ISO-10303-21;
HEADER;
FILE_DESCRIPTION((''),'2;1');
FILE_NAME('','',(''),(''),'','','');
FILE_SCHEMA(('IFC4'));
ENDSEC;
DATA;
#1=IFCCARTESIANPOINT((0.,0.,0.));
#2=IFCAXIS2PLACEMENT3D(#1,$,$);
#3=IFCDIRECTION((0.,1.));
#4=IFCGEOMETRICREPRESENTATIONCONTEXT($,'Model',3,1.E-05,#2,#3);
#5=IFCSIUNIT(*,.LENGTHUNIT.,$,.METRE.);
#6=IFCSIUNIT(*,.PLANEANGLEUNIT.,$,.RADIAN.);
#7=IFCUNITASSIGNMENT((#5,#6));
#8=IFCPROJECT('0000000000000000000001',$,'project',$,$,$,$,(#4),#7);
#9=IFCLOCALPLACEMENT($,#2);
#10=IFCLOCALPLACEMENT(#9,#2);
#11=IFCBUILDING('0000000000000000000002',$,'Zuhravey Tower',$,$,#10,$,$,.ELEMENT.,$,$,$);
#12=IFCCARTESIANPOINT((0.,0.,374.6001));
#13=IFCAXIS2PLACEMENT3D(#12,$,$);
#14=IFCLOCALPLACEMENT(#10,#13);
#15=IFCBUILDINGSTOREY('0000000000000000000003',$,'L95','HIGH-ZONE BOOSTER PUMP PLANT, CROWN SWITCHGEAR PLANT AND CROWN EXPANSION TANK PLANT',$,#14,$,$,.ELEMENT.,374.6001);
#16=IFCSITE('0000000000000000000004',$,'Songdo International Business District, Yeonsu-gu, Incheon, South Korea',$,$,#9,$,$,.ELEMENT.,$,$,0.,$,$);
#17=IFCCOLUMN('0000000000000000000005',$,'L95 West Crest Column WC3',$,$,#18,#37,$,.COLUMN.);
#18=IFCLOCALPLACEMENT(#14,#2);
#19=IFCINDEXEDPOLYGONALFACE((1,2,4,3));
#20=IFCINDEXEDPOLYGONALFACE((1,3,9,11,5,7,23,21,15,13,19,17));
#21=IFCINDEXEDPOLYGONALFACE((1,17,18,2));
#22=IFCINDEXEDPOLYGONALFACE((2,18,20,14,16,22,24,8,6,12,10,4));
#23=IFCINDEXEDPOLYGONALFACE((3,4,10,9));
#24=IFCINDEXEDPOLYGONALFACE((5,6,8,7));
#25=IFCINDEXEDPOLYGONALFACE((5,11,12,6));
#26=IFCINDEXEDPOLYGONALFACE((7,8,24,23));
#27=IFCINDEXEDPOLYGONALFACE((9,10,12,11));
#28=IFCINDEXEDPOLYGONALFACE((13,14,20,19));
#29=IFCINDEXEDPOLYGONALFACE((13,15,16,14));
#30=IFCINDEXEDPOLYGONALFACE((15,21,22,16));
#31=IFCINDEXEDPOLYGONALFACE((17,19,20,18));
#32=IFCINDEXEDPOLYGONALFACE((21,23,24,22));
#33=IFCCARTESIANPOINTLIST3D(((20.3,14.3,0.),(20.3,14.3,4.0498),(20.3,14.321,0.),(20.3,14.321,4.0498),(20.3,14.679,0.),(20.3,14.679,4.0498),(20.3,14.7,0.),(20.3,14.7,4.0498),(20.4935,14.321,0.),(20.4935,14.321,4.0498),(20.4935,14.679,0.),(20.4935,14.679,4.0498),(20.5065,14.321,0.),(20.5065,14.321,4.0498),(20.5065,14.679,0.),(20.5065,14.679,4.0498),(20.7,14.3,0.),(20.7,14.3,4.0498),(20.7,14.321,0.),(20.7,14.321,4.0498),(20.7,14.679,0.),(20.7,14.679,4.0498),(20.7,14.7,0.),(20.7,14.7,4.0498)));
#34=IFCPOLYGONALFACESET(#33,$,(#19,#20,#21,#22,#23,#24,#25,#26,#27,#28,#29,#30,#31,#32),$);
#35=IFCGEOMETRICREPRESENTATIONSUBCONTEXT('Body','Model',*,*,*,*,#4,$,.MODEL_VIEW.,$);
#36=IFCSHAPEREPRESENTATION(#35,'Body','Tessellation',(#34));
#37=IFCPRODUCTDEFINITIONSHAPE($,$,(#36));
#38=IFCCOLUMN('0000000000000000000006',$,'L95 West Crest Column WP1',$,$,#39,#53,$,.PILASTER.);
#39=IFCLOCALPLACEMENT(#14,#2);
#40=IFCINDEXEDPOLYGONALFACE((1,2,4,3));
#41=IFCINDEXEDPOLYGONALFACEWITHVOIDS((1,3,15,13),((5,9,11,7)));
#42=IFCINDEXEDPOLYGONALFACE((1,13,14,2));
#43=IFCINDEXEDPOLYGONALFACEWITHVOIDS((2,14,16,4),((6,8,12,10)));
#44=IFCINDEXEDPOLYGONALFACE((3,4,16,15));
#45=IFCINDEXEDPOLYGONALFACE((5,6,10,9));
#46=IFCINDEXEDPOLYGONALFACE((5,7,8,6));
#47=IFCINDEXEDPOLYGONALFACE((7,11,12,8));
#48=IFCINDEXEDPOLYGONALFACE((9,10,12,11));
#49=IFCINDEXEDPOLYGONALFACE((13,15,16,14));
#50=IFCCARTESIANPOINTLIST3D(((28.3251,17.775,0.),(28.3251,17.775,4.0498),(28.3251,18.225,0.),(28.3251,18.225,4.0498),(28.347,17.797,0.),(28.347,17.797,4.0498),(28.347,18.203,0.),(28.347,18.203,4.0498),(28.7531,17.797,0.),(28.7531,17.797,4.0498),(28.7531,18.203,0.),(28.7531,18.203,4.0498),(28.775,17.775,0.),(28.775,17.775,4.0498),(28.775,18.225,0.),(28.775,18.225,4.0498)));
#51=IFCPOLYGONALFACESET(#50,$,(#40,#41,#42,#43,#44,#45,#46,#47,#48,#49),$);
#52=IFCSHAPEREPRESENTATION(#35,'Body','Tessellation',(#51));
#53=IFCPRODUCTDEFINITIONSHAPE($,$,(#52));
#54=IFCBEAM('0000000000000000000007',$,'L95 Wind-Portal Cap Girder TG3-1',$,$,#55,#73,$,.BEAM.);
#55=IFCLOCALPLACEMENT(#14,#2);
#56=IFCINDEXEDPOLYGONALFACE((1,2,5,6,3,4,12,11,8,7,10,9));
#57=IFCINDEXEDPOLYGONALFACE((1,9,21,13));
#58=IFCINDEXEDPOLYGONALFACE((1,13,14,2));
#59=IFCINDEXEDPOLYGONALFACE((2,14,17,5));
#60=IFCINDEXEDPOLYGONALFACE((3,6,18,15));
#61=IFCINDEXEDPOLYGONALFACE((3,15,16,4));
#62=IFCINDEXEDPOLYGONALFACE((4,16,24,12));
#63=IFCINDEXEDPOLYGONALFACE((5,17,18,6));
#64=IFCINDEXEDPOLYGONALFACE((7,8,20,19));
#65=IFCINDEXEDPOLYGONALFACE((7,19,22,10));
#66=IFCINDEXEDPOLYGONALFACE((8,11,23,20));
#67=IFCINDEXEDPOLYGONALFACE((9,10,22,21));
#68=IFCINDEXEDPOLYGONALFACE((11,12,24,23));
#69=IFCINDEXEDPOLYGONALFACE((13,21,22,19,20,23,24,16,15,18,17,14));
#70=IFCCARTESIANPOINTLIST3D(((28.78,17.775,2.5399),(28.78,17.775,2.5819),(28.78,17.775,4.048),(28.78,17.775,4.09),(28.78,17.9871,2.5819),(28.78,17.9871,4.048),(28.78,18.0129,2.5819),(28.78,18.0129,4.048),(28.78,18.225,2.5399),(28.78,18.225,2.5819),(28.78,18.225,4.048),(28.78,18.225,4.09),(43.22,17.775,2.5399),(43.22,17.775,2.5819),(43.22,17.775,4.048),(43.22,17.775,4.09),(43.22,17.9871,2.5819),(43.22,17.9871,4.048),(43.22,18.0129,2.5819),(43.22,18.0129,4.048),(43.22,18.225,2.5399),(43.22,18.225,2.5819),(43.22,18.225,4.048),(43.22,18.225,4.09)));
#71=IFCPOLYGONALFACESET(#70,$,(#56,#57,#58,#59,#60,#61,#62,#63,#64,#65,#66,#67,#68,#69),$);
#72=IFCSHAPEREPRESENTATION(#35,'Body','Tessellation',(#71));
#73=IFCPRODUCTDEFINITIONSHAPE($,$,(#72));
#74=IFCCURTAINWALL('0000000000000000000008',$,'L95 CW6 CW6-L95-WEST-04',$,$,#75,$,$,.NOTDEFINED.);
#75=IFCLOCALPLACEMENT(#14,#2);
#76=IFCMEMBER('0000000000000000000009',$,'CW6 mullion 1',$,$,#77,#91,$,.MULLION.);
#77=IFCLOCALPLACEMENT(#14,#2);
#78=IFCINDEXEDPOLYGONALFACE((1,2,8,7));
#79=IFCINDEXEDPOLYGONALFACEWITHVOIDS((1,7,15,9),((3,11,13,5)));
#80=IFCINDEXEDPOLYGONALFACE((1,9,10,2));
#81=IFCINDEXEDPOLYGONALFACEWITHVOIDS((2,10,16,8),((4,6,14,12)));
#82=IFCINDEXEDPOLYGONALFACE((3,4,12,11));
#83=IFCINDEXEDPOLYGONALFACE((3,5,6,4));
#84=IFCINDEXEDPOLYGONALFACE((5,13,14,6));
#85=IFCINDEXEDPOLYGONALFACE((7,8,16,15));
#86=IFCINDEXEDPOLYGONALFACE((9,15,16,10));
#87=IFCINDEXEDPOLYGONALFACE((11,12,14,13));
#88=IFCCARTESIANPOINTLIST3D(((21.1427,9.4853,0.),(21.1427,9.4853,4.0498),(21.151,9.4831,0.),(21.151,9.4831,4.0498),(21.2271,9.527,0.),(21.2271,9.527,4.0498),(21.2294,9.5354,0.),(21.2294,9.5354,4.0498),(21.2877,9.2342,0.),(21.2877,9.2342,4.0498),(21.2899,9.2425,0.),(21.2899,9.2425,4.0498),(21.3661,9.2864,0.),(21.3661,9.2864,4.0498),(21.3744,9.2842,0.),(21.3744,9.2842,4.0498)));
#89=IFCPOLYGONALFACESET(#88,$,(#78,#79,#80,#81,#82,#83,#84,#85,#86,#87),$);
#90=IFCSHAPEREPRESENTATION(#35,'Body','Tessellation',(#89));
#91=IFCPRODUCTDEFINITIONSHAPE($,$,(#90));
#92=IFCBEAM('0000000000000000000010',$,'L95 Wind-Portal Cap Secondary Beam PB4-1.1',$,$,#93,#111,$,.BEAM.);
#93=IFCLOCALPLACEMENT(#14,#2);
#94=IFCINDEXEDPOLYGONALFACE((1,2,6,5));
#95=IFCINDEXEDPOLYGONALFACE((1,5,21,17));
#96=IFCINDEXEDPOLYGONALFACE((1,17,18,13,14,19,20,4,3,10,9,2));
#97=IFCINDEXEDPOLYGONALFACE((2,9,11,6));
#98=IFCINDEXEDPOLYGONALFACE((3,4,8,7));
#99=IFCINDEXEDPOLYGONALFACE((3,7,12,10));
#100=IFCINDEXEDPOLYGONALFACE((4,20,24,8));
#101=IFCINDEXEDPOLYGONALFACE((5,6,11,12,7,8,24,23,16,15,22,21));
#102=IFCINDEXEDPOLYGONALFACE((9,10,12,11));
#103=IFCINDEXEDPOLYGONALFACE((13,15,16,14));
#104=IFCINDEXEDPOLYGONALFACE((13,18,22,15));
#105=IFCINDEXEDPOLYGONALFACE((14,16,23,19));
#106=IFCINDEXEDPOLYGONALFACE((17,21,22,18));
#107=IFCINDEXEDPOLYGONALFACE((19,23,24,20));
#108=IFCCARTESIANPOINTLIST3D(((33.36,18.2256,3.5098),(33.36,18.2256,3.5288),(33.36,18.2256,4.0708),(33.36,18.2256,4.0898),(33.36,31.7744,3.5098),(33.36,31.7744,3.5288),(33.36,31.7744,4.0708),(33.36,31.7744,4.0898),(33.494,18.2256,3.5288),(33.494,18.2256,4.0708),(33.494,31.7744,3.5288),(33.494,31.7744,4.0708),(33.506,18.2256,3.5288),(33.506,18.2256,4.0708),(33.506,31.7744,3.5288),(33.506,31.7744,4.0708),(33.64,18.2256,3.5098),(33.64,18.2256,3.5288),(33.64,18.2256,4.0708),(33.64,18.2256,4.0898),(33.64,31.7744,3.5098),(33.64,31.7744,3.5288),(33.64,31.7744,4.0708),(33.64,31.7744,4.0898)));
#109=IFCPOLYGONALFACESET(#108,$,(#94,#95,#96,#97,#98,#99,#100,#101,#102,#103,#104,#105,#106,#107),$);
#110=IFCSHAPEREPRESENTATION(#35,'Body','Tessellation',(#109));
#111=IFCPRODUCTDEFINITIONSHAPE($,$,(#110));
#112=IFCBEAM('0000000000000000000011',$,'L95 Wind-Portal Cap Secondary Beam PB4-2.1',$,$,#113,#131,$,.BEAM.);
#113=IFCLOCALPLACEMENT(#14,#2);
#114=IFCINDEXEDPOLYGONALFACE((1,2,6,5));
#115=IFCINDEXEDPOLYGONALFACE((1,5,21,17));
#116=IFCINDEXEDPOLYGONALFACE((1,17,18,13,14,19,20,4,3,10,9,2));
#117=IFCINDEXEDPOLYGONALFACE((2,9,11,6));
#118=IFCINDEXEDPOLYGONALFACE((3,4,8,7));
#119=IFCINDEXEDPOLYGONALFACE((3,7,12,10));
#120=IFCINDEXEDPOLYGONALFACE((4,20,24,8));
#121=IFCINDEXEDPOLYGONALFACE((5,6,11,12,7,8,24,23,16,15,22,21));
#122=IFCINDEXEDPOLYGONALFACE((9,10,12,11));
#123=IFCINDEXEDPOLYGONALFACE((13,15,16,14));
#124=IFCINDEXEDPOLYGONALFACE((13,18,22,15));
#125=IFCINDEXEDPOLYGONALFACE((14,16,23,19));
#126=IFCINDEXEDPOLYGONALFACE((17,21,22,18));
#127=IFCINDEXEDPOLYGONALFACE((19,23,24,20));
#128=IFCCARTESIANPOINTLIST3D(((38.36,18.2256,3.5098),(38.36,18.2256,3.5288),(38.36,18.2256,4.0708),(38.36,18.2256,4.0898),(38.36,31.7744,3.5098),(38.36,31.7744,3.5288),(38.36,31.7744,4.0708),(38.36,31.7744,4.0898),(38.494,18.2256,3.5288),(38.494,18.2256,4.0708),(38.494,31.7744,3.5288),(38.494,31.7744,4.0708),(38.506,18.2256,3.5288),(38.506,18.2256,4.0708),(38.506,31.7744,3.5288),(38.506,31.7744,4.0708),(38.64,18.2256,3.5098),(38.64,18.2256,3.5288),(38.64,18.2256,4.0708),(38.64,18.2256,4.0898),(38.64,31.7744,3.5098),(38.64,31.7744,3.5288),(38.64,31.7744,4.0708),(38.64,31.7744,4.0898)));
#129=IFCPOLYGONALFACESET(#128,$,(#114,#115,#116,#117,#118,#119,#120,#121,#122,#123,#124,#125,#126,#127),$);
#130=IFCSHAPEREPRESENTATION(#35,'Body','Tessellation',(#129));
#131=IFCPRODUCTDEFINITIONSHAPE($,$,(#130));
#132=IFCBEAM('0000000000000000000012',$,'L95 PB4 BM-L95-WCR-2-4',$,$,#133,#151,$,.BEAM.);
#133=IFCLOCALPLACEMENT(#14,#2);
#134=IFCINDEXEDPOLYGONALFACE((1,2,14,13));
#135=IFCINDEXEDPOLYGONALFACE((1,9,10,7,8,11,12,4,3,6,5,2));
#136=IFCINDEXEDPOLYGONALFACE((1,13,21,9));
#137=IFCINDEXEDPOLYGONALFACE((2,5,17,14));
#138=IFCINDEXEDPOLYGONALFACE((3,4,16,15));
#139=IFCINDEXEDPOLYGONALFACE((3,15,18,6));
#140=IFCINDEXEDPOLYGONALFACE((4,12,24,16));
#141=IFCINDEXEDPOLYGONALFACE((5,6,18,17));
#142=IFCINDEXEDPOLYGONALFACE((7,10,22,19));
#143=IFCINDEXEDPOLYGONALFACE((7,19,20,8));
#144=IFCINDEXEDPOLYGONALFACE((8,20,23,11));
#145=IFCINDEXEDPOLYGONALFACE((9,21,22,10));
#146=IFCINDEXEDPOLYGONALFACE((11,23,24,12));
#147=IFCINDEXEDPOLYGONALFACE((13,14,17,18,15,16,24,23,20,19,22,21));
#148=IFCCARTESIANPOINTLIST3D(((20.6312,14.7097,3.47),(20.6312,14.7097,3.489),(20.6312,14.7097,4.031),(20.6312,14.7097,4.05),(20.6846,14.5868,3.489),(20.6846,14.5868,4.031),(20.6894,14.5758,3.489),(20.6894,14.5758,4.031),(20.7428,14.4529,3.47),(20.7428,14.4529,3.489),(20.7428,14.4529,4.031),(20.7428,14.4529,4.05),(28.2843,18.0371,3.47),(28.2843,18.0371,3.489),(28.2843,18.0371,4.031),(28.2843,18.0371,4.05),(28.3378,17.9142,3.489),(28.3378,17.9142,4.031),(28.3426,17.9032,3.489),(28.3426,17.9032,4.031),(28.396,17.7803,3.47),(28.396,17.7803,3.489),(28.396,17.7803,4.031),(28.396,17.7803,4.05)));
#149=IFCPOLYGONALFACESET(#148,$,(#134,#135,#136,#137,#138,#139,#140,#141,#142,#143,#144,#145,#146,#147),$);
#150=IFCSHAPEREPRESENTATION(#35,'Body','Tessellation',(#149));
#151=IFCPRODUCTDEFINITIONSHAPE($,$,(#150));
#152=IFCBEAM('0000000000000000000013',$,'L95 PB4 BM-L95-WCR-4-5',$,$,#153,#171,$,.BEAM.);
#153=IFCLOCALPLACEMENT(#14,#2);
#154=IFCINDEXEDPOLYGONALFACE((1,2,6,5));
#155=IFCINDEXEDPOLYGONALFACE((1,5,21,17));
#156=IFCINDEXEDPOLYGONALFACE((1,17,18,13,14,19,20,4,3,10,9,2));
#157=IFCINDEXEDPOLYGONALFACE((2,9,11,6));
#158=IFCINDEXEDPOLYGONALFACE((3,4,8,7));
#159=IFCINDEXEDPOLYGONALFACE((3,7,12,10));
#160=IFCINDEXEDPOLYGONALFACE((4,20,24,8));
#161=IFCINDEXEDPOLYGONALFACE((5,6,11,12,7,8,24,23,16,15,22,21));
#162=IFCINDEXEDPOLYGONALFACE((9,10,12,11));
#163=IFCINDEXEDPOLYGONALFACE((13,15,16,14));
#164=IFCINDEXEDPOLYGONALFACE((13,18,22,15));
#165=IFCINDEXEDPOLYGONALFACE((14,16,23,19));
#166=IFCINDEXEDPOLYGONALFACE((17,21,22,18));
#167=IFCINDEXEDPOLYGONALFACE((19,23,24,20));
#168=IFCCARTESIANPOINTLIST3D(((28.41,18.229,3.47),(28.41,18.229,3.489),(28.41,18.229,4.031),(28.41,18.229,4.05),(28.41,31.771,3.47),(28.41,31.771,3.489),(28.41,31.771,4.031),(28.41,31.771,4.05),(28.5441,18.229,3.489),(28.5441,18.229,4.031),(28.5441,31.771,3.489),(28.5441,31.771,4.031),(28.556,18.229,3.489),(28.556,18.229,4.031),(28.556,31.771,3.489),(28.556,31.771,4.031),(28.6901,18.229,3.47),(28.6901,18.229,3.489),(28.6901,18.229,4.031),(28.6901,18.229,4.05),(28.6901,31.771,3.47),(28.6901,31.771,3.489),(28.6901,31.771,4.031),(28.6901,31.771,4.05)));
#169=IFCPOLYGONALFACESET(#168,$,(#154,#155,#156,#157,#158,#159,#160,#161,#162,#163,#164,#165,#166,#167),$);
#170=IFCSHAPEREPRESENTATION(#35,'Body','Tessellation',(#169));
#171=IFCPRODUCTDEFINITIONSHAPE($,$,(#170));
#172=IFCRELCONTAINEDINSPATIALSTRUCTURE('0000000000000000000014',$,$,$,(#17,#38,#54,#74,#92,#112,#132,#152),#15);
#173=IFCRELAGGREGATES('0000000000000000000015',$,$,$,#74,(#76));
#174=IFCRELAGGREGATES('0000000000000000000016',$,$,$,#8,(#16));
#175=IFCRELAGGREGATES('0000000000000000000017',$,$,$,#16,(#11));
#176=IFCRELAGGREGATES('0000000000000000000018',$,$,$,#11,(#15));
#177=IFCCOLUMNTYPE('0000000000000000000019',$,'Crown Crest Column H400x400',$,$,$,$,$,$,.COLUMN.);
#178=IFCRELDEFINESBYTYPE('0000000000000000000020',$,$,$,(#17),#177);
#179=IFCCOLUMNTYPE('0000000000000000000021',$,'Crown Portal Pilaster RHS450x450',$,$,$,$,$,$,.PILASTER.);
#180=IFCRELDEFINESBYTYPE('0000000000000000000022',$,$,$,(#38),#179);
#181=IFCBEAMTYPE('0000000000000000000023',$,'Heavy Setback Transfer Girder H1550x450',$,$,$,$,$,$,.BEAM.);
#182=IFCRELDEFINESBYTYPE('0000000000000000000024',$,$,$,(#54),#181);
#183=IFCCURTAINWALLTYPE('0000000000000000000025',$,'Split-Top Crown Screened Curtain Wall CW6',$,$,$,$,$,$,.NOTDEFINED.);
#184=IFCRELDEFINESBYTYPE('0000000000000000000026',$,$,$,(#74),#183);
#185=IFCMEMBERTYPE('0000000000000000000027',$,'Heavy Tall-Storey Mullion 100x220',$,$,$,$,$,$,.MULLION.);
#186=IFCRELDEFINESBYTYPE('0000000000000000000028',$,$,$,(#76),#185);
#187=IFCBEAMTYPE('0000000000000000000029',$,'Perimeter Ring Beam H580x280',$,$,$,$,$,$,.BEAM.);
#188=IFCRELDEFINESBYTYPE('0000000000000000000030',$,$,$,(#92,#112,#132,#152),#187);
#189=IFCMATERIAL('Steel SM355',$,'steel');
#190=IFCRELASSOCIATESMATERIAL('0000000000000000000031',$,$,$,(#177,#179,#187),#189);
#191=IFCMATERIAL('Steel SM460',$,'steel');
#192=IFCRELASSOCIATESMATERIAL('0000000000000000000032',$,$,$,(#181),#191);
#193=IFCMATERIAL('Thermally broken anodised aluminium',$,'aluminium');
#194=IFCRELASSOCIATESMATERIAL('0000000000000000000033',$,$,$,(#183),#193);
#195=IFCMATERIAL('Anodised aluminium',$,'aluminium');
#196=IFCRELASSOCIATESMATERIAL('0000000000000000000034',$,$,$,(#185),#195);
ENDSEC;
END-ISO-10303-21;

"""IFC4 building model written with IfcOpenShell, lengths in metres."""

from ifc_helpers import new_model, si_unit, direction, frame, origin, origin_2d, place, context, subcontext, project, spatial, hollow_rectangle, i_section, extrude, material, material_profile, profile_set, type_object, element, aggregate, save


model = new_model("IFC4")

# Units and contexts
model_context = context("Model", 3, precision=1e-05, world=origin(), true_north=direction((0.0, 1.0)))
body_context = subcontext(model_context, "Body", "Model", "MODEL_VIEW")
ifc_project = project(units=[si_unit("LENGTHUNIT", "METRE"), si_unit("PLANEANGLEUNIT", "RADIAN")], contexts=[model_context])

# Site, building, storey
site_placement = place(None, origin())
site = spatial("IfcSite", under=ifc_project, at=site_placement, Name="Songdo International Business District, Yeonsu-gu, Incheon, South Korea", CompositionType="ELEMENT", RefElevation=0.0)
building_placement = place(site_placement, origin())
building = spatial("IfcBuilding", under=site, at=building_placement, Name="Zuhravey Tower", CompositionType="ELEMENT")
storey_placement = place(building_placement, frame((0.0, 0.0, 374.6001)))
storey = spatial("IfcBuildingStorey", under=building, at=storey_placement, Name="L95", Description="HIGH-ZONE BOOSTER PUMP PLANT, CROWN SWITCHGEAR PLANT AND CROWN EXPANSION TANK PLANT", CompositionType="ELEMENT", Elevation=374.6001)

# Columns
ifc_material_1 = material(Name="Steel SM355", Category="steel")
ifc_material_profile_1 = material_profile(ifc_material_1, i_section(OverallWidth=0.3999, OverallDepth=0.3999, WebThickness=0.0129, FlangeThickness=0.021, at=origin_2d()), Name="H-400x400x13x21")
ifc_profile_set_1 = profile_set([ifc_material_profile_1], Name="Steel SM355")
column_type_1 = type_object("IfcColumnType", Name="Crown Crest Column H400x400", PredefinedType="COLUMN", material=ifc_profile_set_1)
column_1_placement = place(storey_placement, frame((20.5, 14.5, 0.0), z_axis=(0.0, 0.0, 1.0), x_axis=(1.0, 0.0, 0.0)))
element("IfcColumn", 1, at=column_1_placement, inside=storey, type_object=column_type_1, Name="L95 West Crest Column WC3", PredefinedType="COLUMN", context=body_context, shape_type="SweptSolid", body=[
    extrude(i_section(OverallWidth=0.3999, OverallDepth=0.3999, WebThickness=0.0129, FlangeThickness=0.021, at=origin_2d()), origin(), (0.0, 0.0, 1.0), 4.0498),
])
ifc_material_profile_2 = material_profile(ifc_material_1, hollow_rectangle(XDim=0.45, YDim=0.45, WallThickness=0.022, at=origin_2d()), Name="RHS-450x450x22")
ifc_profile_set_2 = profile_set([ifc_material_profile_2], Name="Steel SM355")
column_type_2 = type_object("IfcColumnType", Name="Crown Portal Pilaster RHS450x450", PredefinedType="PILASTER", material=ifc_profile_set_2)
column_2_placement = place(storey_placement, frame((28.55, 18.0, 0.0), z_axis=(0.0, 0.0, 1.0), x_axis=(1.0, 0.0, 0.0)))
element("IfcColumn", 2, at=column_2_placement, inside=storey, type_object=column_type_2, Name="L95 West Crest Column WP1", PredefinedType="PILASTER", context=body_context, shape_type="SweptSolid", body=[
    extrude(hollow_rectangle(XDim=0.45, YDim=0.45, WallThickness=0.022, at=origin_2d()), origin(), (0.0, 0.0, 1.0), 4.0498),
])

# Beam
ifc_material_2 = material(Name="Steel SM460", Category="steel")
ifc_material_profile_3 = material_profile(ifc_material_2, i_section(OverallWidth=0.45, OverallDepth=1.55, WebThickness=0.0259, FlangeThickness=0.042, at=origin_2d()), Name="H-1550x450x26x42")
ifc_profile_set_3 = profile_set([ifc_material_profile_3], Name="Steel SM460")
beam_type_1 = type_object("IfcBeamType", Name="Heavy Setback Transfer Girder H1550x450", PredefinedType="BEAM", material=ifc_profile_set_3)
beam_1_placement = place(storey_placement, frame((28.78, 18.0, 3.3149), z_axis=(1.0, 0.0, 0.0), x_axis=(0.0, 1.0, 0.0)))
element("IfcBeam", 3, at=beam_1_placement, inside=storey, type_object=beam_type_1, Name="L95 Wind-Portal Cap Girder TG3-1", PredefinedType="BEAM", context=body_context, shape_type="SweptSolid", body=[
    extrude(i_section(OverallWidth=0.45, OverallDepth=1.55, WebThickness=0.0259, FlangeThickness=0.042, at=origin_2d()), origin(), (0.0, 0.0, 1.0), 14.4399),
])

# Curtain wall, member
ifc_material_3 = material(Name="Thermally broken anodised aluminium", Category="aluminium")
curtain_wall_type = type_object("IfcCurtainWallType", Name="Split-Top Crown Screened Curtain Wall CW6", PredefinedType="NOTDEFINED", material=ifc_material_3)
curtain_wall_placement = place(storey_placement, origin())
curtain_wall = element("IfcCurtainWall", 4, at=curtain_wall_placement, inside=storey, type_object=curtain_wall_type, Name="L95 CW6 CW6-L95-WEST-04", PredefinedType="NOTDEFINED")
ifc_material_4 = material(Name="Anodised aluminium", Category="aluminium")
ifc_material_profile_4 = material_profile(ifc_material_4, hollow_rectangle(XDim=0.1001, YDim=0.29, WallThickness=0.0061, at=origin_2d()), Name="ALU-RHS-100x290x6")
ifc_profile_set_4 = profile_set([ifc_material_profile_4], Name="Anodised aluminium")
member_type_1 = type_object("IfcMemberType", Name="Heavy Tall-Storey Mullion 100x220", PredefinedType="MULLION", material=ifc_profile_set_4)
member_1_placement = place(storey_placement, frame((21.2585, 9.3848, 0.0), z_axis=(0.0, 0.0, 1.0), x_axis=(-0.866027, -0.499997, 0.0)))
member_1 = element("IfcMember", 5, at=member_1_placement, type_object=member_type_1, Name="CW6 mullion 1", PredefinedType="MULLION", context=body_context, shape_type="SweptSolid", body=[
    extrude(hollow_rectangle(XDim=0.1001, YDim=0.29, WallThickness=0.0061, at=origin_2d()), origin(), (0.0, 0.0, 1.0), 4.0498),
])

# Beams
ifc_material_profile_5 = material_profile(ifc_material_1, i_section(OverallWidth=0.28, OverallDepth=0.5801, WebThickness=0.012, FlangeThickness=0.019, at=origin_2d()), Name="H-580x280x12x19")
ifc_profile_set_5 = profile_set([ifc_material_profile_5], Name="Steel SM355")
beam_type_2 = type_object("IfcBeamType", Name="Perimeter Ring Beam H580x280", PredefinedType="BEAM", material=ifc_profile_set_5)
for number, where, z_axis, x_axis, name in (
    (6, (33.5, 18.2256, 3.7998), (0.0, 1.0, 0.0), (-1.0, 0.0, 0.0), "L95 Wind-Portal Cap Secondary Beam PB4-1.1"),
    (7, (38.5, 18.2256, 3.7998), (0.0, 1.0, 0.0), (-1.0, 0.0, 0.0), "L95 Wind-Portal Cap Secondary Beam PB4-2.1"),
):
    element("IfcBeam", number, at=place(storey_placement, frame(where, z_axis=z_axis, x_axis=x_axis)), inside=storey, type_object=beam_type_2, Name=name, PredefinedType="BEAM", context=body_context, shape_type="SweptSolid", body=[
        extrude(i_section(OverallWidth=0.28, OverallDepth=0.5801, WebThickness=0.012, FlangeThickness=0.019, at=origin_2d()), origin(), (0.0, 0.0, 1.0), 13.5488),
    ])
beam_2_placement = place(storey_placement, frame((20.687, 14.5813, 3.76), z_axis=(0.917071, 0.398723, 0.0), x_axis=(-0.398723, 0.917071, 0.0)))
element("IfcBeam", 8, at=beam_2_placement, inside=storey, type_object=beam_type_2, Name="L95 PB4 BM-L95-WCR-2-4", PredefinedType="BEAM", context=body_context, shape_type="SweptSolid", body=[
    extrude(i_section(OverallWidth=0.28, OverallDepth=0.5801, WebThickness=0.012, FlangeThickness=0.019, at=origin_2d()), origin(), (0.0, 0.0, 1.0), 8.3452),
])
beam_3_placement = place(storey_placement, frame((28.55, 18.229, 3.76), z_axis=(0.0, 1.0, 0.0), x_axis=(-1.0, 0.0, 0.0)))
element("IfcBeam", 9, at=beam_3_placement, inside=storey, type_object=beam_type_2, Name="L95 PB4 BM-L95-WCR-4-5", PredefinedType="BEAM", context=body_context, shape_type="SweptSolid", body=[
    extrude(i_section(OverallWidth=0.28, OverallDepth=0.5801, WebThickness=0.012, FlangeThickness=0.019, at=origin_2d()), origin(), (0.0, 0.0, 1.0), 13.542),
])

aggregate(curtain_wall, [member_1])

save(model, "model.ifc")
